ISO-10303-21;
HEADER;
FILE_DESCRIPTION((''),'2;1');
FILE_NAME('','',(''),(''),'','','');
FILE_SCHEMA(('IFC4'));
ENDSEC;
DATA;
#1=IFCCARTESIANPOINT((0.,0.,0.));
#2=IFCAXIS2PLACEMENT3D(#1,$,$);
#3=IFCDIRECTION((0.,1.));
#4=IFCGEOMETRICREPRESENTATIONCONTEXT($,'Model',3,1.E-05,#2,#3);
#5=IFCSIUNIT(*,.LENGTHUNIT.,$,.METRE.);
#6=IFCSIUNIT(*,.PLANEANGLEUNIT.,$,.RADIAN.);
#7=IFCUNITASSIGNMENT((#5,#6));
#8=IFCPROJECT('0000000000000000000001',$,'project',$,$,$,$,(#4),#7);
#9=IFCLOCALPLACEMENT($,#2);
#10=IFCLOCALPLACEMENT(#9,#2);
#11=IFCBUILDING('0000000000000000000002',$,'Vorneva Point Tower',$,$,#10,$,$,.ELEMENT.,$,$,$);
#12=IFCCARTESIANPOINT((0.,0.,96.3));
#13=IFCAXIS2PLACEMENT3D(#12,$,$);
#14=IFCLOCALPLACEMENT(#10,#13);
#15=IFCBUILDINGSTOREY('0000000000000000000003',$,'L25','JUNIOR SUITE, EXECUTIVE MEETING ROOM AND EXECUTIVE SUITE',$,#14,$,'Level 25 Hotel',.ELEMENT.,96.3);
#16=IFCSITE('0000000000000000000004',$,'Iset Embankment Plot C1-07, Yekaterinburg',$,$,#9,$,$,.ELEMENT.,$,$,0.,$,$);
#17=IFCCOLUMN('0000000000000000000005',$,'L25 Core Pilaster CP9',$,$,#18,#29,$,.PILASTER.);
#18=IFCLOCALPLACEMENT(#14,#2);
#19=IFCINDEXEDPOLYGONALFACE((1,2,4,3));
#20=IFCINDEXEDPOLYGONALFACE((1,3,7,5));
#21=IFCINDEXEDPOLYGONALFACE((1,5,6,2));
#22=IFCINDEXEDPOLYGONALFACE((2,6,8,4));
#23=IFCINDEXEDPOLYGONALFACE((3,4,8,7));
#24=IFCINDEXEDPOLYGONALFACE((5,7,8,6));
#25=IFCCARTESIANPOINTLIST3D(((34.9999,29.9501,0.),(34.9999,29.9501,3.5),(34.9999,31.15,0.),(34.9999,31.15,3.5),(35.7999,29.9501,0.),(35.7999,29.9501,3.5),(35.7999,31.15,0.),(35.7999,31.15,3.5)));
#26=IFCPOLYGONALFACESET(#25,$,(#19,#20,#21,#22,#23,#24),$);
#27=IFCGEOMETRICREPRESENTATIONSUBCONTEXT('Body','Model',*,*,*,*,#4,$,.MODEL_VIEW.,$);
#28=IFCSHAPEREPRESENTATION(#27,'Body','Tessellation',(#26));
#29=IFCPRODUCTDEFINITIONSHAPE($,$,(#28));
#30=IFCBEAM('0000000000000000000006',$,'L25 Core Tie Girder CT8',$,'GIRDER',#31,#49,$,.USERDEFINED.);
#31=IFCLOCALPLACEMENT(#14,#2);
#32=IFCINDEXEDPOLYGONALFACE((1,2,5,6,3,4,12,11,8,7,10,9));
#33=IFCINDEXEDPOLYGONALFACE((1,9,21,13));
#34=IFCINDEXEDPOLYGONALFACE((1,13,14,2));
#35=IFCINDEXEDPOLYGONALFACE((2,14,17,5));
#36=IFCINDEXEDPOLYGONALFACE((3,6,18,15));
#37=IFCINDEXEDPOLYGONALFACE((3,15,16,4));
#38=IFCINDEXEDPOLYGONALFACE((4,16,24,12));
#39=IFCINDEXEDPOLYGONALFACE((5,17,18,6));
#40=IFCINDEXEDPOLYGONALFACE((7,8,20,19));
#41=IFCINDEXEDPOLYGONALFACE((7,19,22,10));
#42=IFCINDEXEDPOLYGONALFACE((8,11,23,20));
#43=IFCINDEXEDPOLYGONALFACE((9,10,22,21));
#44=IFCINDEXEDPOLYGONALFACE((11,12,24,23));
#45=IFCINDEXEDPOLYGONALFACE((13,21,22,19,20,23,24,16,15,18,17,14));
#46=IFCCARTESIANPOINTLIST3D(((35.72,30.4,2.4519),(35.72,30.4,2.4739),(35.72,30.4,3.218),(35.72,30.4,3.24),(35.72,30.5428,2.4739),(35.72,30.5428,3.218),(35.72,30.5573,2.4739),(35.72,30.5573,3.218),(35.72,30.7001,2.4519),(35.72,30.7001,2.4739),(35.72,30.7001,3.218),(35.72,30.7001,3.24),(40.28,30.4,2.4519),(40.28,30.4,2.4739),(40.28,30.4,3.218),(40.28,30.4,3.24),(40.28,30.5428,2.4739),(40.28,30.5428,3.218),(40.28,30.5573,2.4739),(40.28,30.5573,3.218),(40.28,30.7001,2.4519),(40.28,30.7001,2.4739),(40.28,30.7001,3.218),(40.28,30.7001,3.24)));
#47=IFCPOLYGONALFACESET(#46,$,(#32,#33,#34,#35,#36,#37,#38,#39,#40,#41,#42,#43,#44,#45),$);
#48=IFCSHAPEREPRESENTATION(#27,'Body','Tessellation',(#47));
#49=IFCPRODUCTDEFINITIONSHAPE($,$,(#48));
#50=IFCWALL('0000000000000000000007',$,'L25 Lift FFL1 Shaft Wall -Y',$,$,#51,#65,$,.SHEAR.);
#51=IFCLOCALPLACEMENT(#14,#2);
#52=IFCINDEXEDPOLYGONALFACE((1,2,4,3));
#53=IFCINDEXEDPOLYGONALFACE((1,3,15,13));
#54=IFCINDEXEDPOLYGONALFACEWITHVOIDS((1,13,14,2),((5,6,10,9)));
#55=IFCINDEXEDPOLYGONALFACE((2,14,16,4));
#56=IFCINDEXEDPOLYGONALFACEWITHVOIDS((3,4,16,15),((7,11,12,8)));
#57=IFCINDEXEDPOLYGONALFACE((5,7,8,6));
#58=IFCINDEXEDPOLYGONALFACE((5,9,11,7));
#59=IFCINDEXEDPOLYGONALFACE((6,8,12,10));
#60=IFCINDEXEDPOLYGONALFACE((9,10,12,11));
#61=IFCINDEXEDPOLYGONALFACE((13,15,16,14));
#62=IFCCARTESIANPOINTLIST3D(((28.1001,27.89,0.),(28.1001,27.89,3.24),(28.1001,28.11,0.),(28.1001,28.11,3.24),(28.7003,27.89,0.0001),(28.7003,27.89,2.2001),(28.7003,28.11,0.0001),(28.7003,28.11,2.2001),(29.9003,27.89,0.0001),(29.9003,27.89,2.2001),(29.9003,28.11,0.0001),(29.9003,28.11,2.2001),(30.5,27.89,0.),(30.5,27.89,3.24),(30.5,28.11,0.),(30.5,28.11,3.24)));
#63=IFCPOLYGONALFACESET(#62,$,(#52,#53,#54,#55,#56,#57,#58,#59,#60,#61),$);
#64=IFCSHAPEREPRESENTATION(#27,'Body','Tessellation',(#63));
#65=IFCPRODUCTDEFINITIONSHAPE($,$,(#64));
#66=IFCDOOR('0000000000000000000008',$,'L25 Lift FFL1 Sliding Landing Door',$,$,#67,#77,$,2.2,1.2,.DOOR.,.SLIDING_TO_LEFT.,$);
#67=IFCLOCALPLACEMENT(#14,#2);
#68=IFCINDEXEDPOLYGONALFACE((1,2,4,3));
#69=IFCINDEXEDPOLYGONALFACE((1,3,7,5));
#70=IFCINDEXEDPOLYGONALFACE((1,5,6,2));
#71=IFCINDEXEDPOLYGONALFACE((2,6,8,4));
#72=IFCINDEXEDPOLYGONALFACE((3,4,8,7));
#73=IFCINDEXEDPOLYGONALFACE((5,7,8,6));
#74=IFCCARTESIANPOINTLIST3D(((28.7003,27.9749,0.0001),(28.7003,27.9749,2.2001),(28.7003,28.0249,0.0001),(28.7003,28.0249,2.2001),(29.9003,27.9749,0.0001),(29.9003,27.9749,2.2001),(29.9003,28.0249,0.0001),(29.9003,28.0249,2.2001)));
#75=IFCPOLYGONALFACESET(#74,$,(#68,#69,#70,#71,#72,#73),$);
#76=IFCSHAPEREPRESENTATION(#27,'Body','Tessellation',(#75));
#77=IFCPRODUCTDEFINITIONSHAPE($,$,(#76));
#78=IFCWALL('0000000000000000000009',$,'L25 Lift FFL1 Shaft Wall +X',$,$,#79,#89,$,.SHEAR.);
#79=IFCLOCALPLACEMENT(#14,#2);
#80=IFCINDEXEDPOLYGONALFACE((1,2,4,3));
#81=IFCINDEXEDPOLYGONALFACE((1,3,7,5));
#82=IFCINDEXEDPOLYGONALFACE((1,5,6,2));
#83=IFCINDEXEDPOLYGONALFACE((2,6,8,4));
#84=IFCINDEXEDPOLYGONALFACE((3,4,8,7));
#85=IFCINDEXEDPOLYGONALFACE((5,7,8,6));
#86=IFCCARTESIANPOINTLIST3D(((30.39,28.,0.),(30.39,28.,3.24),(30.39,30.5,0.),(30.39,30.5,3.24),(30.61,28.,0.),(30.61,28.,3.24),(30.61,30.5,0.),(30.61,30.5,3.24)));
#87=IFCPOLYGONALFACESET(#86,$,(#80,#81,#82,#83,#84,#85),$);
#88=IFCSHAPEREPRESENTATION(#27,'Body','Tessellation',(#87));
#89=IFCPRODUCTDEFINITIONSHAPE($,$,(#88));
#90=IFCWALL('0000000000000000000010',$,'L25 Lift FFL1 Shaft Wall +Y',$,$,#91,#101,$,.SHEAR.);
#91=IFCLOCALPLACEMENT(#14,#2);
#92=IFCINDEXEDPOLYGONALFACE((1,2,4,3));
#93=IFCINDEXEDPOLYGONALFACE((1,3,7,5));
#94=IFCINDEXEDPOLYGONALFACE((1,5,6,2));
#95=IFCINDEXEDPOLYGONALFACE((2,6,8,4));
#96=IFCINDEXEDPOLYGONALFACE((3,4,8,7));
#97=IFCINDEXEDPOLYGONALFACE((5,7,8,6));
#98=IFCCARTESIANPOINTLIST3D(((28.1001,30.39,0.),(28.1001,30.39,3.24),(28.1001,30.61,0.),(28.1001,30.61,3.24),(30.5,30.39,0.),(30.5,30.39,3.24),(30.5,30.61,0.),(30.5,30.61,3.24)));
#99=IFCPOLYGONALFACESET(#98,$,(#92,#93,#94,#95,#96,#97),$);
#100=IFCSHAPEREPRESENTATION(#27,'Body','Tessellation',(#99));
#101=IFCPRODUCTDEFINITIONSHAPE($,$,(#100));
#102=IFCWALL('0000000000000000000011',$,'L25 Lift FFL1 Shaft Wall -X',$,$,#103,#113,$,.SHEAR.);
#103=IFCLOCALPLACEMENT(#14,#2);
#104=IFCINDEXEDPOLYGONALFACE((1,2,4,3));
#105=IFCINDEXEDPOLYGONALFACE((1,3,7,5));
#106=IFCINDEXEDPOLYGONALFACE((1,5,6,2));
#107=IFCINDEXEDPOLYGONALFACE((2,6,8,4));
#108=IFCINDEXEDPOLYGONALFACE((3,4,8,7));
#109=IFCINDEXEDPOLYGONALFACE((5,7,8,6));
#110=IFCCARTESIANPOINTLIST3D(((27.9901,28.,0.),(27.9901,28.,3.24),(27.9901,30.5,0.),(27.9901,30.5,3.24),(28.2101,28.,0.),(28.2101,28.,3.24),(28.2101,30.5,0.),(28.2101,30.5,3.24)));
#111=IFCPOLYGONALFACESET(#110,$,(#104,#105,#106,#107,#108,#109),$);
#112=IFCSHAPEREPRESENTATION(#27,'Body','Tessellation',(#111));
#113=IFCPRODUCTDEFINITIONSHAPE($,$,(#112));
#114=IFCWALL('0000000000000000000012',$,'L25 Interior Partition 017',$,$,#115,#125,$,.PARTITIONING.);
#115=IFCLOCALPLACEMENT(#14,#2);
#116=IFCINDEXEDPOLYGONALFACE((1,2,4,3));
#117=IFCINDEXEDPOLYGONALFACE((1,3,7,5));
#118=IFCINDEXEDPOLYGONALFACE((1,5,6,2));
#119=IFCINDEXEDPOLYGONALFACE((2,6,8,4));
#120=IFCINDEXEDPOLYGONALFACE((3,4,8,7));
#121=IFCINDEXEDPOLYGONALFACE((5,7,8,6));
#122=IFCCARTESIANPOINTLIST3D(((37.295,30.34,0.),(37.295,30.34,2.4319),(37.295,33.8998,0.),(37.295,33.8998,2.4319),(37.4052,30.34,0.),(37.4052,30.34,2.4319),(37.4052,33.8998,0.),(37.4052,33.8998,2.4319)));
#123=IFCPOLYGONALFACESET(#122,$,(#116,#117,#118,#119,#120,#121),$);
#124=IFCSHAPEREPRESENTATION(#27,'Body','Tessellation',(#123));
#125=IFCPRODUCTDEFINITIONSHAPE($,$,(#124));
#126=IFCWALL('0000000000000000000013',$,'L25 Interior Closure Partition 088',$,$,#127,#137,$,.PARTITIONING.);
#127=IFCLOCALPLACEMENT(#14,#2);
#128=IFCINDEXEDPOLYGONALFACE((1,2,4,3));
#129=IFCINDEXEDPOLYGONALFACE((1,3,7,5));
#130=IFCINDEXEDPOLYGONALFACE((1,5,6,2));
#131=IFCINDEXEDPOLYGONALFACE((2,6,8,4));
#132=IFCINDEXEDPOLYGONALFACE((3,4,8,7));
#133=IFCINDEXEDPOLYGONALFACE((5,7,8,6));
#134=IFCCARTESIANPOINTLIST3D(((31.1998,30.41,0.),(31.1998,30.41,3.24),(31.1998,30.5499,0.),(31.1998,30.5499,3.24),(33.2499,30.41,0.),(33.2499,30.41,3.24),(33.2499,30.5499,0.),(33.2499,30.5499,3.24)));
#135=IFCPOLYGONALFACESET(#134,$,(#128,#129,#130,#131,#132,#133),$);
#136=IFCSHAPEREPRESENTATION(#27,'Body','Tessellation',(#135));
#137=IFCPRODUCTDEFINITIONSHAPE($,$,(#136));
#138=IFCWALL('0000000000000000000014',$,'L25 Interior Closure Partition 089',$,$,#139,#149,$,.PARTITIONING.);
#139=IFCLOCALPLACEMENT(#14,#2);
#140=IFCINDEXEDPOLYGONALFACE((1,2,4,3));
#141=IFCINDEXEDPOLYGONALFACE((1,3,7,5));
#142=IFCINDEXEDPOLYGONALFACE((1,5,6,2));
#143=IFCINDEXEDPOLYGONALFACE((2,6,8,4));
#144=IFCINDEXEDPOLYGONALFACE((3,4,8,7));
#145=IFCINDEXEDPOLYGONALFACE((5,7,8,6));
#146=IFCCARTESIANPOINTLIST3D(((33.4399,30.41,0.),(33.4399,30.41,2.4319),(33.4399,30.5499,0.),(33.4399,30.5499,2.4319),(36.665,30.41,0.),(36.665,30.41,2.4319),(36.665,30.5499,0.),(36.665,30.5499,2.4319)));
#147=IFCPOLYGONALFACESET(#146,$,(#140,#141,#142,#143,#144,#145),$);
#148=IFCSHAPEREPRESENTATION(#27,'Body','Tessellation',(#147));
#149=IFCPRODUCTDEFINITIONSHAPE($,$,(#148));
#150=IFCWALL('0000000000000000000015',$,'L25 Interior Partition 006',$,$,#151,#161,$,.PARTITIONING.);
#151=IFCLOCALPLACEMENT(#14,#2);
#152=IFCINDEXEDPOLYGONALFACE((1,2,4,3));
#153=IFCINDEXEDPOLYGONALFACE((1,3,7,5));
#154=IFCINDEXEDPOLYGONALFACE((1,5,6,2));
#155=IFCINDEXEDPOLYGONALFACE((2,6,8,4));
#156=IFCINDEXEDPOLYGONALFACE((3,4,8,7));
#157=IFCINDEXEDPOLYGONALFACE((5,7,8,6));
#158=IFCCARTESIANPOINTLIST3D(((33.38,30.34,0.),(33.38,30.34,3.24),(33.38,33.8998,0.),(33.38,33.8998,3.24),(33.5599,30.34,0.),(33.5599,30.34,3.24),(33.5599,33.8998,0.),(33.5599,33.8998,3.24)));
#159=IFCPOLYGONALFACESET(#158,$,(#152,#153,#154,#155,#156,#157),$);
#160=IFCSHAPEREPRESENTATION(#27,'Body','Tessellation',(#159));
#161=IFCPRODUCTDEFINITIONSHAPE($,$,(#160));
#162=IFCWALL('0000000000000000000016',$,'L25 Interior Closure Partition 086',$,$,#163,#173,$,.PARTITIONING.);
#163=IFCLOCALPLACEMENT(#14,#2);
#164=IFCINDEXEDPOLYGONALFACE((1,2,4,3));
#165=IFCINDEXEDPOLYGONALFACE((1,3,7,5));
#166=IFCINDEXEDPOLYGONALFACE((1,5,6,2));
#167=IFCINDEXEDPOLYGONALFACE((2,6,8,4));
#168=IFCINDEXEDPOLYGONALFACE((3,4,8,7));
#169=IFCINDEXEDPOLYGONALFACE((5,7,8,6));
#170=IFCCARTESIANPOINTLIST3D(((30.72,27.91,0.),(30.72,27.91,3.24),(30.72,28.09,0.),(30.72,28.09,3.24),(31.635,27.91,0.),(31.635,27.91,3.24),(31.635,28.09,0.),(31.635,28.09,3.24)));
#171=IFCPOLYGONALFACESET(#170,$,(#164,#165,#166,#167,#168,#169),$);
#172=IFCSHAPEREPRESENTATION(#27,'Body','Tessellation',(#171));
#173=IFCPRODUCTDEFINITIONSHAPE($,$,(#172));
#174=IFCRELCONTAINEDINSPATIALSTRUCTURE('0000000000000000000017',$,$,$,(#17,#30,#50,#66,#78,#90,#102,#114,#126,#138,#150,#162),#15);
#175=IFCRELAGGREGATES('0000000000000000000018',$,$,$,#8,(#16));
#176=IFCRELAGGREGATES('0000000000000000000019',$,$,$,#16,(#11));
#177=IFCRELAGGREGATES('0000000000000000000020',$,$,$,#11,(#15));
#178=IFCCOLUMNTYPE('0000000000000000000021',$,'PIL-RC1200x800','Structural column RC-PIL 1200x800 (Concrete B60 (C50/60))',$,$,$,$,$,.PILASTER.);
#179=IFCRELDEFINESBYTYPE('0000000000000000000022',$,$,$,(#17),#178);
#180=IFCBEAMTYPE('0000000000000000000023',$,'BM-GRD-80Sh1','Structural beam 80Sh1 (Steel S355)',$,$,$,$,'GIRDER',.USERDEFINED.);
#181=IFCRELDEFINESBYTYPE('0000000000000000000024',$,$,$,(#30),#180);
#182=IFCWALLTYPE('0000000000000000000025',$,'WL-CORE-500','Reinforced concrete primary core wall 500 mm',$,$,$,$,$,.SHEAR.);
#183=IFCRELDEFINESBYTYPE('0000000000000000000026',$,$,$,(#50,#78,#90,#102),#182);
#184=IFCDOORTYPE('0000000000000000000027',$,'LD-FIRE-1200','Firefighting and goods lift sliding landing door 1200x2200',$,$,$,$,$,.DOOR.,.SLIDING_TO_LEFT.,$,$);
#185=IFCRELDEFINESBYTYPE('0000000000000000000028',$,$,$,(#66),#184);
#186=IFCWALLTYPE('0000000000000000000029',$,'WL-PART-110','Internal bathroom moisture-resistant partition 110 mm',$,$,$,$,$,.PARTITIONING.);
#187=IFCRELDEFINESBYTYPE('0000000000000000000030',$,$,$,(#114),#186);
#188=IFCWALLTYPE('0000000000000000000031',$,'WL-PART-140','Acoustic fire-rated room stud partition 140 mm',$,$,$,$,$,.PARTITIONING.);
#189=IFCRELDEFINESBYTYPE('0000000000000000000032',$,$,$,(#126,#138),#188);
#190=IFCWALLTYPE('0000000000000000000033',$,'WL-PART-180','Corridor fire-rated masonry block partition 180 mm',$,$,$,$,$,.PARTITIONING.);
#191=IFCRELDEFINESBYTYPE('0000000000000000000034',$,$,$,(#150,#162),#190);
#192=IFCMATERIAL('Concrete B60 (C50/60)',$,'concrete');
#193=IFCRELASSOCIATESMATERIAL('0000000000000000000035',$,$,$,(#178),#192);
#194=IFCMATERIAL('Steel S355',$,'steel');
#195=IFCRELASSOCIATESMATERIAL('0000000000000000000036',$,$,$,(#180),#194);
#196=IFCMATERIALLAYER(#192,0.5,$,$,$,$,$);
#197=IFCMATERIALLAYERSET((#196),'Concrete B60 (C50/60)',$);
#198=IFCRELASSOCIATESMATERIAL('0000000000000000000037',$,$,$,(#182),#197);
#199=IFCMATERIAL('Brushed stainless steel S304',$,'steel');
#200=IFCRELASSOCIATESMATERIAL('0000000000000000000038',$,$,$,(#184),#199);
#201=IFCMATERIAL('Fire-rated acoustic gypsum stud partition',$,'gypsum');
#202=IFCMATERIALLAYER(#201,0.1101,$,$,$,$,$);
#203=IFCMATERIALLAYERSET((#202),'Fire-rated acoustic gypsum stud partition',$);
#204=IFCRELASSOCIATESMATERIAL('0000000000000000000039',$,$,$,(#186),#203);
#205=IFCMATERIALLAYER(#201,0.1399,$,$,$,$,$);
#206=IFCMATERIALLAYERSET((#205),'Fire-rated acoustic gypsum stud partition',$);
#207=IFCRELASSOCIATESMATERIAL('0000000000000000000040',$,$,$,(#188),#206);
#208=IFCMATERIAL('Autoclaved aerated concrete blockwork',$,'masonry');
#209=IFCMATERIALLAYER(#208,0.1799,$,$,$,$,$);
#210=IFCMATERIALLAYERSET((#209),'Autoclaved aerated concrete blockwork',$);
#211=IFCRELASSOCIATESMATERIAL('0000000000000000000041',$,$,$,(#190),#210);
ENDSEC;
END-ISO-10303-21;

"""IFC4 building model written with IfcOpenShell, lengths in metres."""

from ifc_helpers import new_model, si_unit, direction, frame, frame_2d, origin, origin_2d, place, context, subcontext, project, spatial, rectangle, i_section, extrude, material, layer, layer_set, material_profile, profile_set, type_object, element, fill, save


model = new_model("IFC4")

# Units and contexts
model_context = context("Model", 3, precision=1e-05, world=origin(), true_north=direction((0.0, 1.0)))
body_context = subcontext(model_context, "Body", "Model", "MODEL_VIEW")
ifc_project = project(units=[si_unit("LENGTHUNIT", "METRE"), si_unit("PLANEANGLEUNIT", "RADIAN")], contexts=[model_context])

# Site, building, storey
site_placement = place(None, origin())
site = spatial("IfcSite", under=ifc_project, at=site_placement, Name="Iset Embankment Plot C1-07, Yekaterinburg", CompositionType="ELEMENT", RefElevation=0.0)
building_placement = place(site_placement, origin())
building = spatial("IfcBuilding", under=site, at=building_placement, Name="Vorneva Point Tower", CompositionType="ELEMENT")
storey_placement = place(building_placement, frame((0.0, 0.0, 96.3)))
storey = spatial("IfcBuildingStorey", under=building, at=storey_placement, Name="L25", Description="JUNIOR SUITE, EXECUTIVE MEETING ROOM AND EXECUTIVE SUITE", LongName="Level 25 Hotel", CompositionType="ELEMENT", Elevation=96.3)

# Column
ifc_material_1 = material(Name="Concrete B60 (C50/60)", Category="concrete")
ifc_material_profile_1 = material_profile(ifc_material_1, rectangle(XDim=0.8, YDim=1.2, at=origin_2d()), Name="RC-PIL 1200x800")
ifc_profile_set_1 = profile_set([ifc_material_profile_1], Name="Concrete B60 (C50/60)")
column_type = type_object("IfcColumnType", Name="PIL-RC1200x800", Description="Structural column RC-PIL 1200x800 (Concrete B60 (C50/60))", PredefinedType="PILASTER", material=ifc_profile_set_1)
column_placement = place(storey_placement, frame((35.3999, 30.55, 0.0), z_axis=(0.0, 0.0, 1.0), x_axis=(1.0, 0.0, 0.0)))
element("IfcColumn", 1, at=column_placement, inside=storey, type_object=column_type, Name="L25 Core Pilaster CP9", PredefinedType="PILASTER", context=body_context, shape_type="SweptSolid", body=[
    extrude(rectangle(XDim=0.8, YDim=1.2, at=origin_2d()), origin(), (0.0, 0.0, 1.0), 3.5),
])

# Beam
ifc_material_2 = material(Name="Steel S355", Category="steel")
ifc_material_profile_2 = material_profile(ifc_material_2, i_section(OverallWidth=0.3, OverallDepth=0.7881, WebThickness=0.0144, FlangeThickness=0.022, at=origin_2d()), Name="80Sh1")
ifc_profile_set_2 = profile_set([ifc_material_profile_2], Name="Steel S355")
beam_type = type_object("IfcBeamType", Name="BM-GRD-80Sh1", Description="Structural beam 80Sh1 (Steel S355)", ElementType="GIRDER", PredefinedType="USERDEFINED", material=ifc_profile_set_2)
beam_placement = place(storey_placement, frame((35.72, 30.55, 2.8459), z_axis=(1.0, 0.0, 0.0), x_axis=(0.0, 1.0, 0.0)))
element("IfcBeam", 2, at=beam_placement, inside=storey, type_object=beam_type, Name="L25 Core Tie Girder CT8", ObjectType="GIRDER", PredefinedType="USERDEFINED", context=body_context, shape_type="SweptSolid", body=[
    extrude(i_section(OverallWidth=0.3, OverallDepth=0.7881, WebThickness=0.0144, FlangeThickness=0.022, at=origin_2d()), origin(), (0.0, 0.0, 1.0), 4.5601),
])

# Wall, opening, door
ifc_layer_1 = layer(ifc_material_1, 0.5)
ifc_layer_set_1 = layer_set([ifc_layer_1], Name="Concrete B60 (C50/60)")
wall_type_1 = type_object("IfcWallType", Name="WL-CORE-500", Description="Reinforced concrete primary core wall 500 mm", PredefinedType="SHEAR", material=ifc_layer_set_1)
wall_1_placement = place(storey_placement, frame((28.1001, 28.0, 0.0), z_axis=(0.0, 0.0, 1.0), x_axis=(1.0, 0.0, 0.0)))
wall_1 = element("IfcWall", 3, at=wall_1_placement, inside=storey, type_object=wall_type_1, Name="L25 Lift FFL1 Shaft Wall -Y", PredefinedType="SHEAR", context=body_context, shape_type="SweptSolid", body=[
    extrude(rectangle(XDim=2.3999, YDim=0.22, at=frame_2d((1.2, 0.0))), origin(), (0.0, 0.0, 1.0), 3.24),
])
opening_1_placement = place(wall_1_placement, frame((0.6001, 0.0, 0.0)))
opening_1 = element("IfcOpeningElement", 4, at=opening_1_placement, cuts=wall_1, PredefinedType="OPENING", context=body_context, shape_type="SweptSolid", body=[
    extrude(rectangle(XDim=1.2, YDim=2.2, at=frame_2d((0.6001, 1.1001))), frame((0.0, 0.125, 0.0), z_axis=(0.0, -1.0, 0.0), x_axis=(1.0, 0.0, 0.0)), (0.0, 0.0, 1.0), 0.2498),
])
ifc_material_3 = material(Name="Brushed stainless steel S304", Category="steel")
door_type_1 = type_object("IfcDoorType", Name="LD-FIRE-1200", Description="Firefighting and goods lift sliding landing door 1200x2200", OperationType="SLIDING_TO_LEFT", PredefinedType="DOOR", material=ifc_material_3)
door_1_placement = place(opening_1_placement, origin())
door_1 = element("IfcDoor", 5, at=door_1_placement, inside=storey, type_object=door_type_1, Name="L25 Lift FFL1 Sliding Landing Door", OperationType="SLIDING_TO_LEFT", OverallHeight=2.2, OverallWidth=1.2, PredefinedType="DOOR", context=body_context, shape_type="SweptSolid", body=[
    extrude(rectangle(XDim=1.2, YDim=2.2, at=frame_2d((0.6001, 1.1001))), frame((0.0, 0.0249, 0.0), z_axis=(0.0, -1.0, 0.0), x_axis=(1.0, 0.0, 0.0)), (0.0, 0.0, 1.0), 0.05),
])
fill(opening_1, door_1)

# Walls
wall_2_placement = place(storey_placement, frame((30.5, 28.0, 0.0), z_axis=(0.0, 0.0, 1.0), x_axis=(0.0, 1.0, 0.0)))
element("IfcWall", 6, at=wall_2_placement, inside=storey, type_object=wall_type_1, Name="L25 Lift FFL1 Shaft Wall +X", PredefinedType="SHEAR", context=body_context, shape_type="SweptSolid", body=[
    extrude(rectangle(XDim=2.5, YDim=0.22, at=frame_2d((1.25, 0.0))), origin(), (0.0, 0.0, 1.0), 3.24),
])
wall_3_placement = place(storey_placement, frame((30.5, 30.5, 0.0), z_axis=(0.0, 0.0, 1.0), x_axis=(-1.0, 0.0, 0.0)))
element("IfcWall", 7, at=wall_3_placement, inside=storey, type_object=wall_type_1, Name="L25 Lift FFL1 Shaft Wall +Y", PredefinedType="SHEAR", context=body_context, shape_type="SweptSolid", body=[
    extrude(rectangle(XDim=2.3999, YDim=0.22, at=frame_2d((1.2, 0.0))), origin(), (0.0, 0.0, 1.0), 3.24),
])
wall_4_placement = place(storey_placement, frame((28.1001, 30.5, 0.0), z_axis=(0.0, 0.0, 1.0), x_axis=(0.0, -1.0, 0.0)))
element("IfcWall", 8, at=wall_4_placement, inside=storey, type_object=wall_type_1, Name="L25 Lift FFL1 Shaft Wall -X", PredefinedType="SHEAR", context=body_context, shape_type="SweptSolid", body=[
    extrude(rectangle(XDim=2.5, YDim=0.22, at=frame_2d((1.25, 0.0))), origin(), (0.0, 0.0, 1.0), 3.24),
])
ifc_material_4 = material(Name="Fire-rated acoustic gypsum stud partition", Category="gypsum")
ifc_layer_2 = layer(ifc_material_4, 0.1101)
ifc_layer_set_2 = layer_set([ifc_layer_2], Name="Fire-rated acoustic gypsum stud partition")
wall_type_2 = type_object("IfcWallType", Name="WL-PART-110", Description="Internal bathroom moisture-resistant partition 110 mm", PredefinedType="PARTITIONING", material=ifc_layer_set_2)
wall_5_placement = place(storey_placement, frame((37.3501, 30.3401, 0.0), z_axis=(0.0, 0.0, 1.0), x_axis=(0.0, 1.0, 0.0)))
element("IfcWall", 9, at=wall_5_placement, inside=storey, type_object=wall_type_2, Name="L25 Interior Partition 017", PredefinedType="PARTITIONING", context=body_context, shape_type="SweptSolid", body=[
    extrude(rectangle(XDim=3.5598, YDim=0.1101, at=frame_2d((1.7798, 0.0))), origin(), (0.0, 0.0, 1.0), 2.4319),
])
ifc_layer_3 = layer(ifc_material_4, 0.1399)
ifc_layer_set_3 = layer_set([ifc_layer_3], Name="Fire-rated acoustic gypsum stud partition")
wall_type_3 = type_object("IfcWallType", Name="WL-PART-140", Description="Acoustic fire-rated room stud partition 140 mm", PredefinedType="PARTITIONING", material=ifc_layer_set_3)
wall_6_placement = place(storey_placement, frame((31.2, 30.48, 0.0), z_axis=(0.0, 0.0, 1.0), x_axis=(1.0, 0.0, 0.0)))
element("IfcWall", 10, at=wall_6_placement, inside=storey, type_object=wall_type_3, Name="L25 Interior Closure Partition 088", PredefinedType="PARTITIONING", context=body_context, shape_type="SweptSolid", body=[
    extrude(rectangle(XDim=2.05, YDim=0.1399, at=frame_2d((1.0249, 0.0))), origin(), (0.0, 0.0, 1.0), 3.24),
])
wall_7_placement = place(storey_placement, frame((33.4399, 30.48, 0.0), z_axis=(0.0, 0.0, 1.0), x_axis=(1.0, 0.0, 0.0)))
element("IfcWall", 11, at=wall_7_placement, inside=storey, type_object=wall_type_3, Name="L25 Interior Closure Partition 089", PredefinedType="PARTITIONING", context=body_context, shape_type="SweptSolid", body=[
    extrude(rectangle(XDim=3.2251, YDim=0.1399, at=frame_2d((1.6125, 0.0))), origin(), (0.0, 0.0, 1.0), 2.4319),
])
ifc_material_5 = material(Name="Autoclaved aerated concrete blockwork", Category="masonry")
ifc_layer_4 = layer(ifc_material_5, 0.1799)
ifc_layer_set_4 = layer_set([ifc_layer_4], Name="Autoclaved aerated concrete blockwork")
wall_type_4 = type_object("IfcWallType", Name="WL-PART-180", Description="Corridor fire-rated masonry block partition 180 mm", PredefinedType="PARTITIONING", material=ifc_layer_set_4)
wall_8_placement = place(storey_placement, frame((33.47, 30.3401, 0.0), z_axis=(0.0, 0.0, 1.0), x_axis=(0.0, 1.0, 0.0)))
element("IfcWall", 12, at=wall_8_placement, inside=storey, type_object=wall_type_4, Name="L25 Interior Partition 006", PredefinedType="PARTITIONING", context=body_context, shape_type="SweptSolid", body=[
    extrude(rectangle(XDim=3.5598, YDim=0.1799, at=frame_2d((1.7798, 0.0))), origin(), (0.0, 0.0, 1.0), 3.24),
])
wall_9_placement = place(storey_placement, frame((31.635, 28.0, 0.0), z_axis=(0.0, 0.0, 1.0), x_axis=(-1.0, 0.0, 0.0)))
element("IfcWall", 13, at=wall_9_placement, inside=storey, type_object=wall_type_4, Name="L25 Interior Closure Partition 086", PredefinedType="PARTITIONING", context=body_context, shape_type="SweptSolid", body=[
    extrude(rectangle(XDim=0.915, YDim=0.1799, at=frame_2d((0.4575, 0.0))), origin(), (0.0, 0.0, 1.0), 3.24),
])

save(model, "model.ifc")
